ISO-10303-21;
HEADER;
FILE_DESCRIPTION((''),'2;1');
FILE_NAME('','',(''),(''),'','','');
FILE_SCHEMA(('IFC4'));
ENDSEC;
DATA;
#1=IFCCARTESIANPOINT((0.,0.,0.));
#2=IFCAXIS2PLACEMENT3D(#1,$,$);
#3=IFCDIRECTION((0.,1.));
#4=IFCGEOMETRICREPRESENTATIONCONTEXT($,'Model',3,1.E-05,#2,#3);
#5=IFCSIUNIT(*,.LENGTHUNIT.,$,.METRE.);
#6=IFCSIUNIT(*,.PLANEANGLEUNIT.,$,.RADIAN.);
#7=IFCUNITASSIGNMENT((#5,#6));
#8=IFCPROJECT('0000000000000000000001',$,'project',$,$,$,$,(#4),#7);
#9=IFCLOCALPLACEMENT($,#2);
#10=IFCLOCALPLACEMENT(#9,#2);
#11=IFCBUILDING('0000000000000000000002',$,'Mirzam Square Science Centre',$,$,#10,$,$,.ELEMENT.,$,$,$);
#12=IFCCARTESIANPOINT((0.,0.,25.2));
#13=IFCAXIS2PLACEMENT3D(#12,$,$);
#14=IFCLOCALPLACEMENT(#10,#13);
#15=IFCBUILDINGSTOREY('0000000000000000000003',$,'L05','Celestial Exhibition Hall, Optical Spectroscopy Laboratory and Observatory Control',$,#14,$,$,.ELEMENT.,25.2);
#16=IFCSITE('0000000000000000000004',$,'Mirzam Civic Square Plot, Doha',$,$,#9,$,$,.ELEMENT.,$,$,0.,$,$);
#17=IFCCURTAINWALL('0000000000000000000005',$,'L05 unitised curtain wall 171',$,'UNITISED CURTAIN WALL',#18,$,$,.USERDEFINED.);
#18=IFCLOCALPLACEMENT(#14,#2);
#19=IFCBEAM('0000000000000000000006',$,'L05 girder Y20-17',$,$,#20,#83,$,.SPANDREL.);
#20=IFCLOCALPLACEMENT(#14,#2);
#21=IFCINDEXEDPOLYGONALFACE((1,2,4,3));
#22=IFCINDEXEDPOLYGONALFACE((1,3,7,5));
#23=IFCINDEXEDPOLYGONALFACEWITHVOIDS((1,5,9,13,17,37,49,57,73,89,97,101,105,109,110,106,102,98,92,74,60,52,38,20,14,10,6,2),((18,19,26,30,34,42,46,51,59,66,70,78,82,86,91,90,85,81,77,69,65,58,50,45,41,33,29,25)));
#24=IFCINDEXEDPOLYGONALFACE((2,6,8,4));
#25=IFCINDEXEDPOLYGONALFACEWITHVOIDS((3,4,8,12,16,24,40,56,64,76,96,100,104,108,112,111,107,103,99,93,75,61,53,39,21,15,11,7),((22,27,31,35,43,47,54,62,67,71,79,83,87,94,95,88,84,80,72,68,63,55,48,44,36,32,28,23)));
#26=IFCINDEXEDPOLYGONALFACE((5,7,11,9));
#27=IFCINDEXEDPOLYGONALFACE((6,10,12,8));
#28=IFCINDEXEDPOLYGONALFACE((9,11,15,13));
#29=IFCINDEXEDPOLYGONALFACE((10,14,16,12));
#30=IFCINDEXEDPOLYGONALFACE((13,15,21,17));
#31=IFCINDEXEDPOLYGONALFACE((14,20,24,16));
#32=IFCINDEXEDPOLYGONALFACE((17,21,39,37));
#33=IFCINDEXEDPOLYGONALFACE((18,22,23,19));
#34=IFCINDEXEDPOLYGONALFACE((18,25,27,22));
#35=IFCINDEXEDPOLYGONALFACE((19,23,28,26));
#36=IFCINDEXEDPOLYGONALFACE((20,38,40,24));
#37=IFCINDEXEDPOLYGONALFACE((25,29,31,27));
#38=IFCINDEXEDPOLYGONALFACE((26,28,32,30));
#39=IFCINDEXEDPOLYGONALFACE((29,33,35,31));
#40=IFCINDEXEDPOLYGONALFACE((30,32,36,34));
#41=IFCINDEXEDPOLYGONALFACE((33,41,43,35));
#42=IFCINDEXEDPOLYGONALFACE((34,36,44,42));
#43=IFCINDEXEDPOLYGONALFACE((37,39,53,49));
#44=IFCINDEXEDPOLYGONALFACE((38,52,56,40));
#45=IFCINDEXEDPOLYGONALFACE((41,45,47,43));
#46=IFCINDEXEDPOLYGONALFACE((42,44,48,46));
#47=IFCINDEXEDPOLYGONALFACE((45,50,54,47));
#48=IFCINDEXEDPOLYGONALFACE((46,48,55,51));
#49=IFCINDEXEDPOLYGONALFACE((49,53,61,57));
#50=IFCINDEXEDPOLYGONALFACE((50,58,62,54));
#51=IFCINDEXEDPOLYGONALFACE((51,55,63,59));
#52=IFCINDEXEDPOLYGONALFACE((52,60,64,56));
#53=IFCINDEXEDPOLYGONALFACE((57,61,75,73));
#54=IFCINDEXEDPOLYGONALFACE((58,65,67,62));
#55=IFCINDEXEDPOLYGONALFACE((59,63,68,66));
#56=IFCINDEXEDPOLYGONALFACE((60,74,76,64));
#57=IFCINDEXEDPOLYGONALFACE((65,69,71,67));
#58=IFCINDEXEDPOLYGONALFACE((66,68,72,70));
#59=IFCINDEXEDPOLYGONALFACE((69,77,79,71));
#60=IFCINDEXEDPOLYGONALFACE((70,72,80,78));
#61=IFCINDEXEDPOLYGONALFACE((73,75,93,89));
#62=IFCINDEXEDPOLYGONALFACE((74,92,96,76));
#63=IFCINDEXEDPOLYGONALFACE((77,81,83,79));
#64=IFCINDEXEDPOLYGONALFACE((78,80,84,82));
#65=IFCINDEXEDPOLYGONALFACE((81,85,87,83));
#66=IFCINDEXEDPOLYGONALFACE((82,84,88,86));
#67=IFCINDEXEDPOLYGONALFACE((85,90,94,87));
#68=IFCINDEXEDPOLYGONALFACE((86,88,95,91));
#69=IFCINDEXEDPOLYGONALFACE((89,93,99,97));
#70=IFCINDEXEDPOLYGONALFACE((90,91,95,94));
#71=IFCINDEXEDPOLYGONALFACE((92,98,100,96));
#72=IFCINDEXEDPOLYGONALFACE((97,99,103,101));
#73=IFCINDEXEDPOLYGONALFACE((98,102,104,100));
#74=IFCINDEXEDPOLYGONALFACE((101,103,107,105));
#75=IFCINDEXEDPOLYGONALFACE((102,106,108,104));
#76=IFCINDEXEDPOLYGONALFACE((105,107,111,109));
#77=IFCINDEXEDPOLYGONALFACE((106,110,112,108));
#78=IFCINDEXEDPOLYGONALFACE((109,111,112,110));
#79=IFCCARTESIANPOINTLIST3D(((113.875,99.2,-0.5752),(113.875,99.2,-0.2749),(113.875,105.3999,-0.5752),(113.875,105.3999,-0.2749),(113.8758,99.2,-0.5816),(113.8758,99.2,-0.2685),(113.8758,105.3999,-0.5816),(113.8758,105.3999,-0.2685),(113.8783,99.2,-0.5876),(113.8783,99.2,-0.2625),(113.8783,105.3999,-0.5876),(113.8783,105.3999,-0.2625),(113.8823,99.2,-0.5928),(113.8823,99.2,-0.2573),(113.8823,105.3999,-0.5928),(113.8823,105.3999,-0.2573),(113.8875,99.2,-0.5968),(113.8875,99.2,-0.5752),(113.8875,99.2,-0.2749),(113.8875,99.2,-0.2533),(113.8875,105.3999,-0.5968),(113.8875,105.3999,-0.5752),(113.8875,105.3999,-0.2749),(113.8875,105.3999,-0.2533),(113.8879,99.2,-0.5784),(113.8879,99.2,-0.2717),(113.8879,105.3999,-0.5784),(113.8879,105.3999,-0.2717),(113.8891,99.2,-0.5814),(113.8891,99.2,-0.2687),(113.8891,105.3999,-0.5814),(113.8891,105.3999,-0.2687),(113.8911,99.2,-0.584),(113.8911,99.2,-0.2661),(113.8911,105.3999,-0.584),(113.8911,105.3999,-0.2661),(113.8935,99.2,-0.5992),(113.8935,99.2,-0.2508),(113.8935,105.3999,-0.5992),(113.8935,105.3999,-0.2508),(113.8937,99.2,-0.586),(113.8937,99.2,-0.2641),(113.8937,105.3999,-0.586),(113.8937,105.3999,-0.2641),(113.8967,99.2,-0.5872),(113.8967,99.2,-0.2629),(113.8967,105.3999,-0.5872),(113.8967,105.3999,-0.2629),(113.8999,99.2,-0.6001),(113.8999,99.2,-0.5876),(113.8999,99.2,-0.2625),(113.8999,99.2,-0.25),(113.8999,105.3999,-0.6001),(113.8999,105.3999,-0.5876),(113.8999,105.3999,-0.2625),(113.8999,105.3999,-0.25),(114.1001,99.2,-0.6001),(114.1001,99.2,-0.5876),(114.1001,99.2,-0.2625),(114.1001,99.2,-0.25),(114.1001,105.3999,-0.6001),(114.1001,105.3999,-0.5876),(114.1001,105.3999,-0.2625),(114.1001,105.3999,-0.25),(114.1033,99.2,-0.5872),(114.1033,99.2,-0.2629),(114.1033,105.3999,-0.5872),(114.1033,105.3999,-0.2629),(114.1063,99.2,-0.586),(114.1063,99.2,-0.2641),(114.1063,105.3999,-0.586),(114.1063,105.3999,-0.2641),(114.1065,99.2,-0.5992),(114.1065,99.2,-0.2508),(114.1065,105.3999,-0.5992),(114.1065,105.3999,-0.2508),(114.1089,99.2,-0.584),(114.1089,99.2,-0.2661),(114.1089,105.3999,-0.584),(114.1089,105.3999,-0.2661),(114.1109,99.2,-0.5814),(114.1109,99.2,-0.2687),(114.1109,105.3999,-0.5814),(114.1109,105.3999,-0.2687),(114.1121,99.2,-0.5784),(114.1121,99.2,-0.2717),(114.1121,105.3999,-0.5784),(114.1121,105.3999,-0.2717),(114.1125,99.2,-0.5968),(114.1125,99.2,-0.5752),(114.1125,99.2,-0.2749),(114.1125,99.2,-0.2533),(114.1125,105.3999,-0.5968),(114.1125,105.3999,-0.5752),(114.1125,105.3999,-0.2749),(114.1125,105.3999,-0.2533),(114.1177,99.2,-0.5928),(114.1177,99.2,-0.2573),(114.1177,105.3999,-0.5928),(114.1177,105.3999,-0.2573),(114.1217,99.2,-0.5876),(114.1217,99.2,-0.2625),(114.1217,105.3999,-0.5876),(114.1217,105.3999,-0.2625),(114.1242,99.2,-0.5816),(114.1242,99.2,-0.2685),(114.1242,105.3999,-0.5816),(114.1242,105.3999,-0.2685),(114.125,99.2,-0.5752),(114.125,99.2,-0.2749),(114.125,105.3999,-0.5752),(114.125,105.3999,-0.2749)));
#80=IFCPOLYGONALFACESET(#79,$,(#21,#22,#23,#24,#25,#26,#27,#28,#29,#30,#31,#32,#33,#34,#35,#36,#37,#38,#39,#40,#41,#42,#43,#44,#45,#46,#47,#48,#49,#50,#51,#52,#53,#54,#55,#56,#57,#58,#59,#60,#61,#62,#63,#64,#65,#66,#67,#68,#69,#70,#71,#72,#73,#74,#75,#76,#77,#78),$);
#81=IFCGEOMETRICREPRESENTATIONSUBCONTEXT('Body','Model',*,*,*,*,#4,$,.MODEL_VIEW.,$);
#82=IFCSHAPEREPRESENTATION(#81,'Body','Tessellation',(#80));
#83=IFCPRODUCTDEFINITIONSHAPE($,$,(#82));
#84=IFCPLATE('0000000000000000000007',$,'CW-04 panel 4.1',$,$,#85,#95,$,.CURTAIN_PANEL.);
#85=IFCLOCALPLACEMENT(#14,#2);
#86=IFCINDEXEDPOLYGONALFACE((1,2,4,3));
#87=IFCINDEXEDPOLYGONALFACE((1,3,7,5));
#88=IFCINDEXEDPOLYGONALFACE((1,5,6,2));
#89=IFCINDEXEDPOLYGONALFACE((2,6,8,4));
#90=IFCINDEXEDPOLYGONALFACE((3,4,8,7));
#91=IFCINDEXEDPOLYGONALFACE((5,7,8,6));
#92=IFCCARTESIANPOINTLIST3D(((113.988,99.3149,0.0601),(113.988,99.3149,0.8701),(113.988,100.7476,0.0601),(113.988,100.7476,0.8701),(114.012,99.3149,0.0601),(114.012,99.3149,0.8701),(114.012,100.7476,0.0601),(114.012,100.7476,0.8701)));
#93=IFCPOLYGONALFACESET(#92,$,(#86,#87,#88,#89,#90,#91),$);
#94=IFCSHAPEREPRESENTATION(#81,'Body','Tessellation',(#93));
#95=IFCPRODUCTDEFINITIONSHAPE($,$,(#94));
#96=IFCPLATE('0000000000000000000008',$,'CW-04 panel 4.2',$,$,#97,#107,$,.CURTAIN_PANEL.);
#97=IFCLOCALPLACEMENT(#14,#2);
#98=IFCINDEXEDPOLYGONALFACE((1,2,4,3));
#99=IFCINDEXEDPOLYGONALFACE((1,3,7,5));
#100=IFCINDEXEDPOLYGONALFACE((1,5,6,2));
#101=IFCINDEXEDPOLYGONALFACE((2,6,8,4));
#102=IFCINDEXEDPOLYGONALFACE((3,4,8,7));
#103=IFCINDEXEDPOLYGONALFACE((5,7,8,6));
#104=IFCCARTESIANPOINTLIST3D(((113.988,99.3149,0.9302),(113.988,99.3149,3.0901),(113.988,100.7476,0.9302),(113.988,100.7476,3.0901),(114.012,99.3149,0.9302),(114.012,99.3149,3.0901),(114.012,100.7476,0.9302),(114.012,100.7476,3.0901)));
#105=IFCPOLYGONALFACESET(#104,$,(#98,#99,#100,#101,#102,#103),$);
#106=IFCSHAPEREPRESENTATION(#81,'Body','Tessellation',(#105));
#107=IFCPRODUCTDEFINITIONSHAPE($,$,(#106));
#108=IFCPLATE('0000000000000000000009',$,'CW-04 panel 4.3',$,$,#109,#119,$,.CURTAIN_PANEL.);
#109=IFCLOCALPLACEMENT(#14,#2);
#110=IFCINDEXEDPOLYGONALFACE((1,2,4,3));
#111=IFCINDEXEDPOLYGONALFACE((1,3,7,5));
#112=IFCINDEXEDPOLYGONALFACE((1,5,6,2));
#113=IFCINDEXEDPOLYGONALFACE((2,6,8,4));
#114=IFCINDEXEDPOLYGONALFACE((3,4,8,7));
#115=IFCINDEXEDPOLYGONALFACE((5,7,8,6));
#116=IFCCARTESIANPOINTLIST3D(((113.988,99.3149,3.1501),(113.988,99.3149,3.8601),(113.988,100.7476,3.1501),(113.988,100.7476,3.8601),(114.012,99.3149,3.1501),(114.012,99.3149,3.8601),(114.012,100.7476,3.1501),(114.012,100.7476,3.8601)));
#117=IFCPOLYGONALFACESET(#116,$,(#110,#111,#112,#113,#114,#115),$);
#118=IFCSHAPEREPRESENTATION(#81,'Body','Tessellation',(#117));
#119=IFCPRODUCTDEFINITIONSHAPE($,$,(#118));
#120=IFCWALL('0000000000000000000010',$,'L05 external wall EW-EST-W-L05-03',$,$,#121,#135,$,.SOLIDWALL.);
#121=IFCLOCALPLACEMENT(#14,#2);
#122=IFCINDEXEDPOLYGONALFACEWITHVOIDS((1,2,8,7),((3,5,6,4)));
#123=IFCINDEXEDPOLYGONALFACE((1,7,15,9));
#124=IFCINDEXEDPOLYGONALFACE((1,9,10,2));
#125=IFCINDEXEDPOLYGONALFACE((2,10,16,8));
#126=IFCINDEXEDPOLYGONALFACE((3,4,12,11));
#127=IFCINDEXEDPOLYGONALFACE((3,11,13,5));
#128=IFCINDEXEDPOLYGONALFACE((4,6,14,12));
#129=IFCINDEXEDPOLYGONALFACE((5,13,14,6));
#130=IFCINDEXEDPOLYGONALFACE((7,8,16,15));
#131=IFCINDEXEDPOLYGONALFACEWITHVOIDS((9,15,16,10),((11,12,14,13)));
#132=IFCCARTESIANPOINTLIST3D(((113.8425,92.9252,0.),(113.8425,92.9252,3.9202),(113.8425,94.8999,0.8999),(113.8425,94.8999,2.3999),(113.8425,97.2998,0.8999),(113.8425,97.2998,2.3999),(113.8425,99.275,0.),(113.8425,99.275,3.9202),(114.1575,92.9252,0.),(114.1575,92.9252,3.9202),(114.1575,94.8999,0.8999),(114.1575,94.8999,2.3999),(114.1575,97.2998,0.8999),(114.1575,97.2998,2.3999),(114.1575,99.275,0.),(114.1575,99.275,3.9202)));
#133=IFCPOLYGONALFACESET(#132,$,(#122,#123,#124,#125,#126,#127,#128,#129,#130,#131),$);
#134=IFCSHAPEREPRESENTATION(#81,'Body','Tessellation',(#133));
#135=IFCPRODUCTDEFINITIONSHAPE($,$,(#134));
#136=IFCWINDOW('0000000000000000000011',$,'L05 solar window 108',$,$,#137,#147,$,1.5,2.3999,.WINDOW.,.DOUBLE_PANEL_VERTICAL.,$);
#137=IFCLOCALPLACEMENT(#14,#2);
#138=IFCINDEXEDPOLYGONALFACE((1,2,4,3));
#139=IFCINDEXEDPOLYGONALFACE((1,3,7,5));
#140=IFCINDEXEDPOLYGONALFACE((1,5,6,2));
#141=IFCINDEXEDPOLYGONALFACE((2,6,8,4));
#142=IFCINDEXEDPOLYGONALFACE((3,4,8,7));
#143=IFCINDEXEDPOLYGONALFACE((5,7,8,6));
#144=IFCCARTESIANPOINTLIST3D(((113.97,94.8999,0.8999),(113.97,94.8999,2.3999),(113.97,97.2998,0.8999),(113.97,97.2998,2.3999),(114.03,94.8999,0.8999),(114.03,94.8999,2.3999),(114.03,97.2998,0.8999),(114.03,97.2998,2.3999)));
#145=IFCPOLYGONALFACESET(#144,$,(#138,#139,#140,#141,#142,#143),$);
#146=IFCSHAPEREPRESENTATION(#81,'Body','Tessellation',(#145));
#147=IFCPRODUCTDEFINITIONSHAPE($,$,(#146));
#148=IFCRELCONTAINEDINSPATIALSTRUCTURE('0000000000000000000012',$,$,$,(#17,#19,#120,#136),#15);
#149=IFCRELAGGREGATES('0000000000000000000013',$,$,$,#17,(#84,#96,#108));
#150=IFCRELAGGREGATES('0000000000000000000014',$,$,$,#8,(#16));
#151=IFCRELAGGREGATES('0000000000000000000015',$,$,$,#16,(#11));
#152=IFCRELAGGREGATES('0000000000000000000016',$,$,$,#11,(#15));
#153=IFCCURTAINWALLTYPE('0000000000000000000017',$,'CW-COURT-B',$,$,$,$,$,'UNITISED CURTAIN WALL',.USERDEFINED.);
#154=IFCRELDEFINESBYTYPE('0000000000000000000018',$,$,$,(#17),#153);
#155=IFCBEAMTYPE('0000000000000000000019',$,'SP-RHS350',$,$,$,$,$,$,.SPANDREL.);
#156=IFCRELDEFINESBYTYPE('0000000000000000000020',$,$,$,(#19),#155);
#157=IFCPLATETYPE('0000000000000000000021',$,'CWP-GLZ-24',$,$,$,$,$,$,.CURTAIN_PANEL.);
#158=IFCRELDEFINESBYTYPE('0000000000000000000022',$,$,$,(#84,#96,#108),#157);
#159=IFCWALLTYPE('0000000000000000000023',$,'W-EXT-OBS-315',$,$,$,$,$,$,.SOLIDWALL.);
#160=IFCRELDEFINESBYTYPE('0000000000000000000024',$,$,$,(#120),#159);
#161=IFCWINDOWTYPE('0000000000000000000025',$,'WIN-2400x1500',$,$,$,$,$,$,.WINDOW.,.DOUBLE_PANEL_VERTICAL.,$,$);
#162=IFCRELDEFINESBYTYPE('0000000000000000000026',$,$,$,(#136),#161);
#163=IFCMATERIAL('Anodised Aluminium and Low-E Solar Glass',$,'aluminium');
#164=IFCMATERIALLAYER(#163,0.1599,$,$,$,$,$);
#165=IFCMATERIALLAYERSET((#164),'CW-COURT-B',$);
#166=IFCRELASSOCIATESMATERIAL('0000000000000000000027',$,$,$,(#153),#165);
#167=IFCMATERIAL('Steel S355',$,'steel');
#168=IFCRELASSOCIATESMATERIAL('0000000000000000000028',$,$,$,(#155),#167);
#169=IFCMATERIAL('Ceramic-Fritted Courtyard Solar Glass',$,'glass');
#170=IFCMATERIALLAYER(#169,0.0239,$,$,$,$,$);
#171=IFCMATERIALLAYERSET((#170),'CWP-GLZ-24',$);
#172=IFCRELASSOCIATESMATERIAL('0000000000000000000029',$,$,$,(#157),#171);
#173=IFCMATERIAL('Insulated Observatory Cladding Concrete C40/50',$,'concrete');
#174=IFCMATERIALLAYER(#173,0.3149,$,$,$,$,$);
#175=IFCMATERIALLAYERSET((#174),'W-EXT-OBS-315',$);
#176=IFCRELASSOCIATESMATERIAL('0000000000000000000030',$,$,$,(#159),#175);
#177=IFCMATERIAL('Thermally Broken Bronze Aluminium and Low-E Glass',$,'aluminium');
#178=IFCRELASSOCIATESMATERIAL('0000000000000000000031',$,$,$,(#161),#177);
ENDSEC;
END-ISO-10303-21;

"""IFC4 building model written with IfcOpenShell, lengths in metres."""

from ifc_helpers import new_model, si_unit, direction, frame, frame_2d, origin, origin_2d, place, context, subcontext, project, spatial, rectangle, hollow_rectangle, extrude, material, layer, layer_set, material_profile, profile_set, type_object, element, fill, aggregate, save


model = new_model("IFC4")

# Units and contexts
model_context = context("Model", 3, precision=1e-05, world=origin(), true_north=direction((0.0, 1.0)))
body_context = subcontext(model_context, "Body", "Model", "MODEL_VIEW")
ifc_project = project(units=[si_unit("LENGTHUNIT", "METRE"), si_unit("PLANEANGLEUNIT", "RADIAN")], contexts=[model_context])

# Site, building, storey
site_placement = place(None, origin())
site = spatial("IfcSite", under=ifc_project, at=site_placement, Name="Mirzam Civic Square Plot, Doha", CompositionType="ELEMENT", RefElevation=0.0)
building_placement = place(site_placement, origin())
building = spatial("IfcBuilding", under=site, at=building_placement, Name="Mirzam Square Science Centre", CompositionType="ELEMENT")
storey_placement = place(building_placement, frame((0.0, 0.0, 25.2)))
storey = spatial("IfcBuildingStorey", under=building, at=storey_placement, Name="L05", Description="Celestial Exhibition Hall, Optical Spectroscopy Laboratory and Observatory Control", CompositionType="ELEMENT", Elevation=25.2)

# Shared definitions
ifc_material_1 = material(Name="Steel S355", Category="steel")

# Curtain wall
ifc_material_2 = material(Name="Anodised Aluminium and Low-E Solar Glass", Category="aluminium")
ifc_layer_1 = layer(ifc_material_2, 0.1599)
ifc_layer_set_1 = layer_set([ifc_layer_1], Name="CW-COURT-B")
curtain_wall_type_1 = type_object("IfcCurtainWallType", Name="CW-COURT-B", ElementType="UNITISED CURTAIN WALL", PredefinedType="USERDEFINED", material=ifc_layer_set_1)
curtain_wall_1_placement = place(storey_placement, origin())
curtain_wall_1 = element("IfcCurtainWall", 1, at=curtain_wall_1_placement, inside=storey, type_object=curtain_wall_type_1, Name="L05 unitised curtain wall 171", ObjectType="UNITISED CURTAIN WALL", PredefinedType="USERDEFINED")

# Beam
ifc_material_profile_1 = material_profile(ifc_material_1, hollow_rectangle(XDim=0.25, YDim=0.3501, WallThickness=0.0125, InnerFilletRadius=0.0125, OuterFilletRadius=0.0249, at=origin_2d()), Name="350x250x12.5RHS")
ifc_profile_set_1 = profile_set([ifc_material_profile_1], Name="Steel S355")
beam_type_1 = type_object("IfcBeamType", Name="SP-RHS350", PredefinedType="SPANDREL", material=ifc_profile_set_1)
for number, where, z_axis, x_axis, name in (
    (2, (114.0, 99.2, -0.425), (0.0, 1.0, 0.0), (-1.0, 0.0, 0.0), "L05 girder Y20-17"),
):
    element("IfcBeam", number, at=place(storey_placement, frame(where, z_axis=z_axis, x_axis=x_axis)), inside=storey, type_object=beam_type_1, Name=name, PredefinedType="SPANDREL", context=body_context, shape_type="SweptSolid", body=[
        extrude(hollow_rectangle(XDim=0.25, YDim=0.3501, WallThickness=0.0125, InnerFilletRadius=0.0125, OuterFilletRadius=0.0249, at=origin_2d()), origin(), (0.0, 0.0, 1.0), 6.2),
    ])

# Plates
ifc_material_3 = material(Name="Ceramic-Fritted Courtyard Solar Glass", Category="glass")
ifc_layer_2 = layer(ifc_material_3, 0.0239)
ifc_layer_set_2 = layer_set([ifc_layer_2], Name="CWP-GLZ-24")
plate_type = type_object("IfcPlateType", Name="CWP-GLZ-24", PredefinedType="CURTAIN_PANEL", material=ifc_layer_set_2)
plate_1_placement = place(storey_placement, frame((114.0, 100.0312, 0.0601), z_axis=(0.0, 0.0, 1.0), x_axis=(0.0, -1.0, 0.0)))
plate_1 = element("IfcPlate", 3, at=plate_1_placement, type_object=plate_type, Name="CW-04 panel 4.1", PredefinedType="CURTAIN_PANEL", context=body_context, shape_type="SweptSolid", body=[
    extrude(rectangle(XDim=1.4326, YDim=0.0239, at=origin_2d()), origin(), (0.0, 0.0, 1.0), 0.8101),
])
plate_2_placement = place(storey_placement, frame((114.0, 100.0312, 0.9302), z_axis=(0.0, 0.0, 1.0), x_axis=(0.0, -1.0, 0.0)))
plate_2 = element("IfcPlate", 4, at=plate_2_placement, type_object=plate_type, Name="CW-04 panel 4.2", PredefinedType="CURTAIN_PANEL", context=body_context, shape_type="SweptSolid", body=[
    extrude(rectangle(XDim=1.4326, YDim=0.0239, at=origin_2d()), origin(), (0.0, 0.0, 1.0), 2.1599),
])
plate_3_placement = place(storey_placement, frame((114.0, 100.0312, 3.1501), z_axis=(0.0, 0.0, 1.0), x_axis=(0.0, -1.0, 0.0)))
plate_3 = element("IfcPlate", 5, at=plate_3_placement, type_object=plate_type, Name="CW-04 panel 4.3", PredefinedType="CURTAIN_PANEL", context=body_context, shape_type="SweptSolid", body=[
    extrude(rectangle(XDim=1.4326, YDim=0.0239, at=origin_2d()), origin(), (0.0, 0.0, 1.0), 0.71),
])
aggregate(curtain_wall_1, [plate_1, plate_2, plate_3])

# Wall, opening, window
ifc_material_4 = material(Name="Insulated Observatory Cladding Concrete C40/50", Category="concrete")
ifc_layer_3 = layer(ifc_material_4, 0.3149)
ifc_layer_set_3 = layer_set([ifc_layer_3], Name="W-EXT-OBS-315")
wall_type = type_object("IfcWallType", Name="W-EXT-OBS-315", PredefinedType="SOLIDWALL", material=ifc_layer_set_3)
wall_placement = place(storey_placement, frame((114.0, 99.2749, 0.0), z_axis=(0.0, 0.0, 1.0), x_axis=(0.0, -1.0, 0.0)))
wall = element("IfcWall", 6, at=wall_placement, inside=storey, type_object=wall_type, Name="L05 external wall EW-EST-W-L05-03", PredefinedType="SOLIDWALL", context=body_context, shape_type="SweptSolid", body=[
    extrude(rectangle(XDim=6.3499, YDim=0.3149, at=frame_2d((3.1748, 0.0))), origin(), (0.0, 0.0, 1.0), 3.9202),
])
opening_placement = place(wall_placement, frame((1.9751, 0.0, 0.8999)))
opening = element("IfcOpeningElement", 7, at=opening_placement, cuts=wall, PredefinedType="OPENING", context=body_context, shape_type="SweptSolid", body=[
    extrude(rectangle(XDim=2.3999, YDim=1.5, at=frame_2d((1.2, 0.75))), frame((0.0, 0.1675, 0.0), z_axis=(0.0, -1.0, 0.0), x_axis=(1.0, 0.0, 0.0)), (0.0, 0.0, 1.0), 0.335),
])
ifc_material_5 = material(Name="Thermally Broken Bronze Aluminium and Low-E Glass", Category="aluminium")
window_type = type_object("IfcWindowType", Name="WIN-2400x1500", PartitioningType="DOUBLE_PANEL_VERTICAL", PredefinedType="WINDOW", material=ifc_material_5)
window_placement = place(opening_placement, origin())
window = element("IfcWindow", 8, at=window_placement, inside=storey, type_object=window_type, Name="L05 solar window 108", OverallHeight=1.5, OverallWidth=2.3999, PartitioningType="DOUBLE_PANEL_VERTICAL", PredefinedType="WINDOW", context=body_context, shape_type="SweptSolid", body=[
    extrude(rectangle(XDim=2.3999, YDim=1.5, at=frame_2d((1.2, 0.75))), frame((0.0, 0.03, 0.0), z_axis=(0.0, -1.0, 0.0), x_axis=(1.0, 0.0, 0.0)), (0.0, 0.0, 1.0), 0.0601),
])
fill(opening, window)

save(model, "model.ifc")
